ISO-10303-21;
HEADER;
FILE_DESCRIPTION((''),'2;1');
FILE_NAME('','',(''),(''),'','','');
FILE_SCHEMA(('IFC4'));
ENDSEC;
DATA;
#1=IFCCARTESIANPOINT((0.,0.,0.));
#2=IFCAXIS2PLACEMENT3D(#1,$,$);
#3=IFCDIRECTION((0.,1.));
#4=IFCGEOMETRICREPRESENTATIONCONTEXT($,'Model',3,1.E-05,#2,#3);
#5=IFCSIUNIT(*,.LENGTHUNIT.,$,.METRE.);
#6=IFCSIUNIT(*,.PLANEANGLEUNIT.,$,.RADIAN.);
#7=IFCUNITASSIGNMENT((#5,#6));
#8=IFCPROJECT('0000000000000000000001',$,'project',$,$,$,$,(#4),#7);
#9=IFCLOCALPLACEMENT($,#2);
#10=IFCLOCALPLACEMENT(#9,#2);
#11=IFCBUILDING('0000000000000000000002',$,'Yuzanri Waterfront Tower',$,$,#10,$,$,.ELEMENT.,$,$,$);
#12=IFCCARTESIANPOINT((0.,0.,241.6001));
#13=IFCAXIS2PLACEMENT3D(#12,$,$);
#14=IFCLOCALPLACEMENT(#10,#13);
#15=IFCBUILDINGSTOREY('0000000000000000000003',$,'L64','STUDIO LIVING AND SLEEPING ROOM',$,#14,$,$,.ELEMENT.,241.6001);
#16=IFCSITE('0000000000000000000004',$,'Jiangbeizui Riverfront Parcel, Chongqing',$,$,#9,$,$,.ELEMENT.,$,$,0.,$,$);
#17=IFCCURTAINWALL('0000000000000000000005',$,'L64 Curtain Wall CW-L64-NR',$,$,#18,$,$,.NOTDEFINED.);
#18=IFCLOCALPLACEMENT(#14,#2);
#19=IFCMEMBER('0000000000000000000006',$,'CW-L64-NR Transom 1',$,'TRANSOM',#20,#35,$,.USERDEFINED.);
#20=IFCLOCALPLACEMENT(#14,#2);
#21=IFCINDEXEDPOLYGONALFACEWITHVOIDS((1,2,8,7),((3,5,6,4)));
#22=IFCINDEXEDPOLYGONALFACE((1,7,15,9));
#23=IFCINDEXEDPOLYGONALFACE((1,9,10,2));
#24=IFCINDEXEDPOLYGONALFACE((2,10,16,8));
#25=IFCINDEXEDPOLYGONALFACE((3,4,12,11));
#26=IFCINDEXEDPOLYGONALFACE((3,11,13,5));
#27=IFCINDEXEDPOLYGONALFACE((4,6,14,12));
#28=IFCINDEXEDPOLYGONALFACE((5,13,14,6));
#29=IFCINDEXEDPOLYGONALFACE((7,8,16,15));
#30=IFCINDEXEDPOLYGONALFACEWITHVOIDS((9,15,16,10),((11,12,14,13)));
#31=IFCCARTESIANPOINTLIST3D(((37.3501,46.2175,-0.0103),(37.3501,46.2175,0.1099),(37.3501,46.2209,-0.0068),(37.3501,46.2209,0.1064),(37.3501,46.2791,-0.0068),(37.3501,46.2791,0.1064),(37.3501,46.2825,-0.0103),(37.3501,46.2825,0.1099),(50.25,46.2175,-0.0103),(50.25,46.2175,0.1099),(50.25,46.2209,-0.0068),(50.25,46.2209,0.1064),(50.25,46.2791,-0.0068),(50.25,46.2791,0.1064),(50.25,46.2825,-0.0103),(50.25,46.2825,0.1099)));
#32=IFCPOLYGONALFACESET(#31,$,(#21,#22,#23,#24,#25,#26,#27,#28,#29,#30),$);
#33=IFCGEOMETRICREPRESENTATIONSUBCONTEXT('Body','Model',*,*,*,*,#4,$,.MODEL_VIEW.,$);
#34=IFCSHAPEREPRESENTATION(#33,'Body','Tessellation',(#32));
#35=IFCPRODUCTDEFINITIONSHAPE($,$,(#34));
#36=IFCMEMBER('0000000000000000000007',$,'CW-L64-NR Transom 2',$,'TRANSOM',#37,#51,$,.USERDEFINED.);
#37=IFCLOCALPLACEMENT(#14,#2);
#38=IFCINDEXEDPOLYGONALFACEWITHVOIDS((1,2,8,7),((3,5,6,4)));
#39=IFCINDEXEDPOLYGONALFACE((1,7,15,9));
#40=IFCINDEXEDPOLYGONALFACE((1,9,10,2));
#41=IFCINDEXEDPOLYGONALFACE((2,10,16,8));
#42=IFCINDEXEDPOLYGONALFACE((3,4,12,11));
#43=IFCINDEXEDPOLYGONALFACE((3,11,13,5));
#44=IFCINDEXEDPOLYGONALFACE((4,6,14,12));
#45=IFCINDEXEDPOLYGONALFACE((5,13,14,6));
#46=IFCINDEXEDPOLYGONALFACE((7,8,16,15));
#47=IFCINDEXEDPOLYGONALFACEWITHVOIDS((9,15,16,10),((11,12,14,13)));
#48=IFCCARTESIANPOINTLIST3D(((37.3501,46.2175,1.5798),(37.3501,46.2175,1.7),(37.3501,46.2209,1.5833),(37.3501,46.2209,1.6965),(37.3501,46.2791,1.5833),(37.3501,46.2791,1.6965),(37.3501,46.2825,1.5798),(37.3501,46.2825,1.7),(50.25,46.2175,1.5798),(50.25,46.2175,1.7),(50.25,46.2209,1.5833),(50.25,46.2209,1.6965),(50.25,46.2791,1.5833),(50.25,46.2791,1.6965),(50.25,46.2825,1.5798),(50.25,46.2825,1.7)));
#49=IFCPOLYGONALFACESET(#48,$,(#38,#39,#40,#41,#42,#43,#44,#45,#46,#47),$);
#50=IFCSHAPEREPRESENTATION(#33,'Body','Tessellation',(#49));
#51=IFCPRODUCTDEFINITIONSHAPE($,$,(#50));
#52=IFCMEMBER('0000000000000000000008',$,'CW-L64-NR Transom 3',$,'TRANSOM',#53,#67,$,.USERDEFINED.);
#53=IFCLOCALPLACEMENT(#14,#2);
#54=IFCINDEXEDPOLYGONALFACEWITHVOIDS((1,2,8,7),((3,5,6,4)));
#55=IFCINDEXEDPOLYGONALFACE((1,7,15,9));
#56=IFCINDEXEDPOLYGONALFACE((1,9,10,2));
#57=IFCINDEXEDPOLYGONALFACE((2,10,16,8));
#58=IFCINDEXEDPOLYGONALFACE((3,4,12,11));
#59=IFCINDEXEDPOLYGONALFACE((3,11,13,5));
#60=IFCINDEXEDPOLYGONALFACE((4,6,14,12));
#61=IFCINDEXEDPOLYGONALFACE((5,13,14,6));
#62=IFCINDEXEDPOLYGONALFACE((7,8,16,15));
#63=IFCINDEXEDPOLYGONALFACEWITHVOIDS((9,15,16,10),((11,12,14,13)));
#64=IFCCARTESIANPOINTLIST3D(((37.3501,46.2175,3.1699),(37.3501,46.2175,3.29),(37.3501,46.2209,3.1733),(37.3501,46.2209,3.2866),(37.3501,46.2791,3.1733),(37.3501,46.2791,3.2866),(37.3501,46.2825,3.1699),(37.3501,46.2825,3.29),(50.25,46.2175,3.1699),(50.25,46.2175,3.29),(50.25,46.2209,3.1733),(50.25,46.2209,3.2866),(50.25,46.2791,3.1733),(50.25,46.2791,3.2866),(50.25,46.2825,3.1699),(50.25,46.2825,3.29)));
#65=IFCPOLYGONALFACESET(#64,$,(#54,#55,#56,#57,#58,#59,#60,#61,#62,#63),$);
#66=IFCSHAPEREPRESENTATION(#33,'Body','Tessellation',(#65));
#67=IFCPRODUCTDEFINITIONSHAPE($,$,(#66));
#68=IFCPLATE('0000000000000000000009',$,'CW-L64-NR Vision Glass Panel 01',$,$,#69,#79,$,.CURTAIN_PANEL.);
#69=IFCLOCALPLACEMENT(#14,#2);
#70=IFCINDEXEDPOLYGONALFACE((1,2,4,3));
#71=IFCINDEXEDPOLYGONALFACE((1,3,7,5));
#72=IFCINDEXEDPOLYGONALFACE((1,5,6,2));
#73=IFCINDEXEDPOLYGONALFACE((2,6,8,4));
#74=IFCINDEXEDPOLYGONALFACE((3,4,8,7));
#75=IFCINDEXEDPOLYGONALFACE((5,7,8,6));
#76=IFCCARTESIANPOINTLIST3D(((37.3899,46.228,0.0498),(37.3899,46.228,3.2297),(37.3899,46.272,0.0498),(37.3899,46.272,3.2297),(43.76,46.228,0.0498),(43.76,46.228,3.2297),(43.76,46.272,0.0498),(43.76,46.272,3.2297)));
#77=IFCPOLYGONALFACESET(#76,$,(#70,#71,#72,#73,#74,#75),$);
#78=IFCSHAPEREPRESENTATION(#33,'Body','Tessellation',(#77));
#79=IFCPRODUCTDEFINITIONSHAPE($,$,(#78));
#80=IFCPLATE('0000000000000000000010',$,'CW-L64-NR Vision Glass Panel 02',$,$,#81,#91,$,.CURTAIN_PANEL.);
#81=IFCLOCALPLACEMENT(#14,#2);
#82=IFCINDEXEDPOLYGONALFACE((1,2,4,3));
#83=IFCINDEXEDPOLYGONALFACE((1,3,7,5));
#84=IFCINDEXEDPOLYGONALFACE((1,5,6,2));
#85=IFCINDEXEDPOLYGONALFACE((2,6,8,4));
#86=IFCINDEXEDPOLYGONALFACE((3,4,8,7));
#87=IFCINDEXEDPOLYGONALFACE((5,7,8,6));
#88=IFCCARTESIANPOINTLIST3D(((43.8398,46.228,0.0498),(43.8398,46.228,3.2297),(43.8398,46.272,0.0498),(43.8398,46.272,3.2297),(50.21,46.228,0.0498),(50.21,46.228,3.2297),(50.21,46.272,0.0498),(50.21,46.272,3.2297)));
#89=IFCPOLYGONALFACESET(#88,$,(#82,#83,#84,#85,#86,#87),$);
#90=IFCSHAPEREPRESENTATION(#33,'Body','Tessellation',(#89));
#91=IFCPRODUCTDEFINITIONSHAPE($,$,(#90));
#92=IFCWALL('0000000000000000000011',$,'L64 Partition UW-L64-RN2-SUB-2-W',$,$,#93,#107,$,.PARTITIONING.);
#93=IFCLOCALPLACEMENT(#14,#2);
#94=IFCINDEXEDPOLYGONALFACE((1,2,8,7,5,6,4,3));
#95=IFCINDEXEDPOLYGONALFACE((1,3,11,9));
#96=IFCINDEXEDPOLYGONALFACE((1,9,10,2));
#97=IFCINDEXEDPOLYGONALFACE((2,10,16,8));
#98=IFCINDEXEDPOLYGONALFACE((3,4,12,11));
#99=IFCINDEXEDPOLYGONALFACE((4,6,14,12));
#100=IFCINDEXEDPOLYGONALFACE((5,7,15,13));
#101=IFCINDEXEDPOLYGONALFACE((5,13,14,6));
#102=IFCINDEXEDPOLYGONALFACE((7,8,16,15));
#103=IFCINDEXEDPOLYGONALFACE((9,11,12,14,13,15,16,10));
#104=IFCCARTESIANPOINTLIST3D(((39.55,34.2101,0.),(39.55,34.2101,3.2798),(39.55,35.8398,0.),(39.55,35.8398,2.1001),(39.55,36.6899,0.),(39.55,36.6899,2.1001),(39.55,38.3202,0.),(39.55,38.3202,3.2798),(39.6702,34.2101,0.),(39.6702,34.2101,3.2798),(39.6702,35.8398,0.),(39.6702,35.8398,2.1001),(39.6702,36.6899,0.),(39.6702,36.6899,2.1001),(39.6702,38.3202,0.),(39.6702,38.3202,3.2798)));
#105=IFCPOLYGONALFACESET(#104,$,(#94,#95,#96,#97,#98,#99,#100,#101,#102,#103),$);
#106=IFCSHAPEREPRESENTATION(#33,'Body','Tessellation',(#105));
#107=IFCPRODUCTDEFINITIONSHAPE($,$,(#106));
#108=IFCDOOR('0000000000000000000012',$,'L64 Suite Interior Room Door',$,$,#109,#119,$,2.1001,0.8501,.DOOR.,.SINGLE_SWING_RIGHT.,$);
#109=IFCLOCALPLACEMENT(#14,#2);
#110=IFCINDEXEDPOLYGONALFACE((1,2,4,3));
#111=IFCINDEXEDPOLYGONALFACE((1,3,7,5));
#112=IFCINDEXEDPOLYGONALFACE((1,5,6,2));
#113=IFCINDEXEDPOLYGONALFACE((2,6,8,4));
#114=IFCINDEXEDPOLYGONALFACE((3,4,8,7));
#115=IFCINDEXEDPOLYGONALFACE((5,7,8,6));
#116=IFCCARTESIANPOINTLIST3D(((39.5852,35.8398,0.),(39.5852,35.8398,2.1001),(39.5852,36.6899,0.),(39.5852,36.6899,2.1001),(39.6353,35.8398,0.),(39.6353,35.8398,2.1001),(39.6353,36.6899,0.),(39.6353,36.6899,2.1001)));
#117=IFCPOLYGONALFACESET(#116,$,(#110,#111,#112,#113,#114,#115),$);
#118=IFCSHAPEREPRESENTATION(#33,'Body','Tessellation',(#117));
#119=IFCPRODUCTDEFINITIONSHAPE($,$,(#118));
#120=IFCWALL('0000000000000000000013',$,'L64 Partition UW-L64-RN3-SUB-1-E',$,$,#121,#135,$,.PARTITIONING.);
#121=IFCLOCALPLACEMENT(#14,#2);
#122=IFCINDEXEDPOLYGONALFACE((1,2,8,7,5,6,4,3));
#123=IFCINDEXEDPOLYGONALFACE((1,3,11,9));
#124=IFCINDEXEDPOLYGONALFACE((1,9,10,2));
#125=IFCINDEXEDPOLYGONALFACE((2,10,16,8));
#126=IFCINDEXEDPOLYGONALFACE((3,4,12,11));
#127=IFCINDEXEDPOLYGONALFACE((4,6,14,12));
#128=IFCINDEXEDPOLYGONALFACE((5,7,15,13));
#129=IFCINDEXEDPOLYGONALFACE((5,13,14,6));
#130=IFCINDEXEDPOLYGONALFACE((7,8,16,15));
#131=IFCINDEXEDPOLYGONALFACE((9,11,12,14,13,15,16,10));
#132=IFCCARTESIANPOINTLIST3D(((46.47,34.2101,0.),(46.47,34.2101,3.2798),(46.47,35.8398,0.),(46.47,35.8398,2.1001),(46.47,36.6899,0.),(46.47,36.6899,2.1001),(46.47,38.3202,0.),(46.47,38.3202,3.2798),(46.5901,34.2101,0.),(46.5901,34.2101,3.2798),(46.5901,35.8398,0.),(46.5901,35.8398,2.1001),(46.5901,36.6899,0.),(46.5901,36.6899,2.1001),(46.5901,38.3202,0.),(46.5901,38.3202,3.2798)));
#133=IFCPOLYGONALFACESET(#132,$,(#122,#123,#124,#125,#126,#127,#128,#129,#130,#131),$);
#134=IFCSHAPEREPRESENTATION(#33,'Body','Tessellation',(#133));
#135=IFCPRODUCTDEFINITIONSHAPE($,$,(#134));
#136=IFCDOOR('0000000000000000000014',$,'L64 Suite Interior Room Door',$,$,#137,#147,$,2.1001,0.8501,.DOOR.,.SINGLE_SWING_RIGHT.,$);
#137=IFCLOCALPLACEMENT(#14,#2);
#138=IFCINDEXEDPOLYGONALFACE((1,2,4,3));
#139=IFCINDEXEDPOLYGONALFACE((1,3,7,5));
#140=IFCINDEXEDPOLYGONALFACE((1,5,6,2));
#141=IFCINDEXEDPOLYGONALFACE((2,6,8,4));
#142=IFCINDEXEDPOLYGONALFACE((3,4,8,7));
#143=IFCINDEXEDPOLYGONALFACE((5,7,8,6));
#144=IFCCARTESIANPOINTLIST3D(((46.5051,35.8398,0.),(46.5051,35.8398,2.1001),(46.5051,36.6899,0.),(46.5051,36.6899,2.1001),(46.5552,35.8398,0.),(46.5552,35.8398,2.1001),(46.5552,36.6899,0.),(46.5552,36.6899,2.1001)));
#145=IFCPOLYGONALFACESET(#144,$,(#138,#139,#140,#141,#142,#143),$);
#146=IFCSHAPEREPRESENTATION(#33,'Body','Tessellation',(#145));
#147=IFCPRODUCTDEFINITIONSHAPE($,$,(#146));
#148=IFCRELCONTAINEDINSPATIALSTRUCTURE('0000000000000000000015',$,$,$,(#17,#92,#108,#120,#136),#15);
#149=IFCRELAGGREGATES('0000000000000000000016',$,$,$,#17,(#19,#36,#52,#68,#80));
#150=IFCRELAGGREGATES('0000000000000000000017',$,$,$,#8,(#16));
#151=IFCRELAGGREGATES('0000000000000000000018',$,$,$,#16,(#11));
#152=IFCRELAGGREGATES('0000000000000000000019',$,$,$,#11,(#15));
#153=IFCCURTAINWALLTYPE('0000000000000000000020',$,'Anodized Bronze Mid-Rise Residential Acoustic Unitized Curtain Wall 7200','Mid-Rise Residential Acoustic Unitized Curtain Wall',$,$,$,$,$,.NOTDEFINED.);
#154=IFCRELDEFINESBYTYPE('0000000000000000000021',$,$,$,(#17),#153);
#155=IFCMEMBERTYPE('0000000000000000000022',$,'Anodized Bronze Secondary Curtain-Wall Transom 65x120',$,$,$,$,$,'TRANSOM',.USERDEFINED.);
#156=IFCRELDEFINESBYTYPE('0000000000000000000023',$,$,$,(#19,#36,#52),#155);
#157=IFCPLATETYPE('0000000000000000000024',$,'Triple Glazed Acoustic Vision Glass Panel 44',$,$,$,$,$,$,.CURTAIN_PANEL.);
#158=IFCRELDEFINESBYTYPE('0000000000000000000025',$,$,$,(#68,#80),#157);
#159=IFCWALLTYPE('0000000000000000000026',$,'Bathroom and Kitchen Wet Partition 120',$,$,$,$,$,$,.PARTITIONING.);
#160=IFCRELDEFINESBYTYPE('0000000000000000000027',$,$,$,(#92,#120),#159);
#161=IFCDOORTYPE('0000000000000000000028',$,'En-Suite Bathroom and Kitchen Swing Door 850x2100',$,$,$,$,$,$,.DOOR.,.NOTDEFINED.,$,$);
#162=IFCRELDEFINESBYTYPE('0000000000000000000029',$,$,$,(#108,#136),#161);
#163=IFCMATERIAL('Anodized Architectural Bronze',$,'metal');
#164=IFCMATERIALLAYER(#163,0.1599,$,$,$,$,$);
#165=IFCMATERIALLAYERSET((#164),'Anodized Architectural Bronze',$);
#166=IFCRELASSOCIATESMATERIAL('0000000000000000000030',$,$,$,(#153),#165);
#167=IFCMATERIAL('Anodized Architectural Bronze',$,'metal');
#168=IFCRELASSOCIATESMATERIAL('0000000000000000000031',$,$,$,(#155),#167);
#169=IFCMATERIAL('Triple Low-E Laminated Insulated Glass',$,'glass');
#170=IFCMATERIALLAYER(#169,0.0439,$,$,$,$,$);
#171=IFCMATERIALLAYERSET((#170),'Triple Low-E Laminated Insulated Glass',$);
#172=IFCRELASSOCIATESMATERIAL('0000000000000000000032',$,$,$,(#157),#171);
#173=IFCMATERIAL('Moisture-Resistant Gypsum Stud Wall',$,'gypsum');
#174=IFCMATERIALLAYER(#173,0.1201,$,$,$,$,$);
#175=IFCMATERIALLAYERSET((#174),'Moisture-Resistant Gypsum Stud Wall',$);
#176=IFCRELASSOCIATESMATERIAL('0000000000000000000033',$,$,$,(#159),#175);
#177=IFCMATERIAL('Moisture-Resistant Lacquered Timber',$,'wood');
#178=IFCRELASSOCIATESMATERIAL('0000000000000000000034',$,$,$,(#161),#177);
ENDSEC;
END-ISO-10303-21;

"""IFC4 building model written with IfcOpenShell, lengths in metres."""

from ifc_helpers import new_model, si_unit, direction, frame, frame_2d, origin, origin_2d, place, context, subcontext, project, spatial, rectangle, hollow_rectangle, extrude, source, transform, mapped, material, layer, layer_set, material_profile, profile_set, type_object, element, fill, aggregate, save


model = new_model("IFC4")

# Units and contexts
model_context = context("Model", 3, precision=1e-05, world=origin(), true_north=direction((0.0, 1.0)))
body_context = subcontext(model_context, "Body", "Model", "MODEL_VIEW")
ifc_project = project(units=[si_unit("LENGTHUNIT", "METRE"), si_unit("PLANEANGLEUNIT", "RADIAN")], contexts=[model_context])

# Site, building, storey
site_placement = place(None, origin())
site = spatial("IfcSite", under=ifc_project, at=site_placement, Name="Jiangbeizui Riverfront Parcel, Chongqing", CompositionType="ELEMENT", RefElevation=0.0)
building_placement = place(site_placement, origin())
building = spatial("IfcBuilding", under=site, at=building_placement, Name="Yuzanri Waterfront Tower", CompositionType="ELEMENT")
storey_placement = place(building_placement, frame((0.0, 0.0, 241.6001)))
storey = spatial("IfcBuildingStorey", under=building, at=storey_placement, Name="L64", Description="STUDIO LIVING AND SLEEPING ROOM", CompositionType="ELEMENT", Elevation=241.6001)

# Shared definitions
ifc_material_1 = material(Name="Anodized Architectural Bronze", Category="metal")
ifc_layer_1 = layer(ifc_material_1, 0.1599)
ifc_layer_set_1 = layer_set([ifc_layer_1], Name="Anodized Architectural Bronze")
curtain_wall_type = type_object("IfcCurtainWallType", Name="Anodized Bronze Mid-Rise Residential Acoustic Unitized Curtain Wall 7200", Description="Mid-Rise Residential Acoustic Unitized Curtain Wall", PredefinedType="NOTDEFINED", material=ifc_layer_set_1)

# Curtain wall, members, plates
curtain_wall_1_placement = place(storey_placement, origin())
curtain_wall_1 = element("IfcCurtainWall", 1, at=curtain_wall_1_placement, inside=storey, type_object=curtain_wall_type, Name="L64 Curtain Wall CW-L64-NR", PredefinedType="NOTDEFINED")
ifc_material_2 = material(Name="Anodized Architectural Bronze", Category="metal")
ifc_material_profile_1 = material_profile(ifc_material_2, hollow_rectangle(XDim=0.0649, YDim=0.1201, WallThickness=0.0034, at=origin_2d()), Name="CWT 65x120")
ifc_profile_set_1 = profile_set([ifc_material_profile_1], Name="Anodized Architectural Bronze")
member_type_1 = type_object("IfcMemberType", Name="Anodized Bronze Secondary Curtain-Wall Transom 65x120", ElementType="TRANSOM", PredefinedType="USERDEFINED", material=ifc_profile_set_1)
shared_shape_1 = source(origin(), body_context, "Body", "SweptSolid", [
    extrude(hollow_rectangle(XDim=0.0649, YDim=0.1201, WallThickness=0.0034, at=origin_2d()), origin(), (0.0, 0.0, 1.0), 12.8999),
])
member_1_placement = place(storey_placement, frame((37.3501, 46.25, 0.0498), z_axis=(1.0, 0.0, 0.0), x_axis=(0.0, 1.0, 0.0)))
member_1 = element("IfcMember", 2, at=member_1_placement, type_object=member_type_1, Name="CW-L64-NR Transom 1", ObjectType="TRANSOM", PredefinedType="USERDEFINED", context=body_context, shape_type="MappedRepresentation", body=[
    mapped(shared_shape_1, transform((0.0, 0.0, 0.0), scale=1.0)),
])
member_2_placement = place(storey_placement, frame((37.3501, 46.25, 1.6399), z_axis=(1.0, 0.0, 0.0), x_axis=(0.0, 1.0, 0.0)))
member_2 = element("IfcMember", 3, at=member_2_placement, type_object=member_type_1, Name="CW-L64-NR Transom 2", ObjectType="TRANSOM", PredefinedType="USERDEFINED", context=body_context, shape_type="MappedRepresentation", body=[
    mapped(shared_shape_1, transform((0.0, 0.0, 0.0), scale=1.0)),
])
member_3_placement = place(storey_placement, frame((37.3501, 46.25, 3.23), z_axis=(1.0, 0.0, 0.0), x_axis=(0.0, 1.0, 0.0)))
member_3 = element("IfcMember", 4, at=member_3_placement, type_object=member_type_1, Name="CW-L64-NR Transom 3", ObjectType="TRANSOM", PredefinedType="USERDEFINED", context=body_context, shape_type="MappedRepresentation", body=[
    mapped(shared_shape_1, transform((0.0, 0.0, 0.0), scale=1.0)),
])
ifc_material_3 = material(Name="Triple Low-E Laminated Insulated Glass", Category="glass")
ifc_layer_2 = layer(ifc_material_3, 0.0439)
ifc_layer_set_2 = layer_set([ifc_layer_2], Name="Triple Low-E Laminated Insulated Glass")
plate_type = type_object("IfcPlateType", Name="Triple Glazed Acoustic Vision Glass Panel 44", PredefinedType="CURTAIN_PANEL", material=ifc_layer_set_2)
shared_shape_2 = source(origin(), body_context, "Body", "SweptSolid", [
    extrude(rectangle(XDim=6.3701, YDim=0.0439, at=origin_2d()), origin(), (0.0, 0.0, 1.0), 3.1799),
])
plate_1_placement = place(storey_placement, frame((40.575, 46.25, 0.0498), z_axis=(0.0, 0.0, 1.0), x_axis=(1.0, 0.0, 0.0)))
plate_1 = element("IfcPlate", 5, at=plate_1_placement, type_object=plate_type, Name="CW-L64-NR Vision Glass Panel 01", PredefinedType="CURTAIN_PANEL", context=body_context, shape_type="MappedRepresentation", body=[
    mapped(shared_shape_2, transform((0.0, 0.0, 0.0), scale=1.0)),
])
plate_2_placement = place(storey_placement, frame((47.0249, 46.25, 0.0498), z_axis=(0.0, 0.0, 1.0), x_axis=(1.0, 0.0, 0.0)))
plate_2 = element("IfcPlate", 6, at=plate_2_placement, type_object=plate_type, Name="CW-L64-NR Vision Glass Panel 02", PredefinedType="CURTAIN_PANEL", context=body_context, shape_type="MappedRepresentation", body=[
    mapped(shared_shape_2, transform((0.0, 0.0, 0.0), scale=1.0)),
])
aggregate(curtain_wall_1, [member_1, member_2, member_3, plate_1, plate_2])

# Walls, openings, doors
ifc_material_4 = material(Name="Moisture-Resistant Gypsum Stud Wall", Category="gypsum")
ifc_layer_3 = layer(ifc_material_4, 0.1201)
ifc_layer_set_3 = layer_set([ifc_layer_3], Name="Moisture-Resistant Gypsum Stud Wall")
wall_type_1 = type_object("IfcWallType", Name="Bathroom and Kitchen Wet Partition 120", PredefinedType="PARTITIONING", material=ifc_layer_set_3)
wall_1_placement = place(storey_placement, frame((39.6101, 34.21, 0.0), z_axis=(0.0, 0.0, 1.0), x_axis=(0.0, 1.0, 0.0)))
wall_1 = element("IfcWall", 7, at=wall_1_placement, inside=storey, type_object=wall_type_1, Name="L64 Partition UW-L64-RN2-SUB-2-W", PredefinedType="PARTITIONING", context=body_context, shape_type="SweptSolid", body=[
    extrude(rectangle(XDim=4.1101, YDim=0.1201, at=frame_2d((2.0552, 0.0))), origin(), (0.0, 0.0, 1.0), 3.2798),
])
opening_1_placement = place(wall_1_placement, frame((1.6299, 0.0, 0.0)))
opening_1 = element("IfcOpeningElement", 8, at=opening_1_placement, cuts=wall_1, PredefinedType="OPENING", context=body_context, shape_type="SweptSolid", body=[
    extrude(rectangle(XDim=0.8501, YDim=2.1001, at=frame_2d((0.425, 1.05))), frame((0.0, 0.075, 0.0), z_axis=(0.0, -1.0, 0.0), x_axis=(1.0, 0.0, 0.0)), (0.0, 0.0, 1.0), 0.1499),
])
ifc_material_5 = material(Name="Moisture-Resistant Lacquered Timber", Category="wood")
door_type_1 = type_object("IfcDoorType", Name="En-Suite Bathroom and Kitchen Swing Door 850x2100", OperationType="NOTDEFINED", PredefinedType="DOOR", material=ifc_material_5)
shared_shape_3 = source(origin(), body_context, "Body", "SweptSolid", [
    extrude(rectangle(XDim=0.8501, YDim=2.1001, at=frame_2d((0.425, 1.05))), frame((0.0, 0.0249, 0.0), z_axis=(0.0, -1.0, 0.0), x_axis=(1.0, 0.0, 0.0)), (0.0, 0.0, 1.0), 0.05),
])
door_1_placement = place(opening_1_placement, origin())
door_1 = element("IfcDoor", 9, at=door_1_placement, inside=storey, type_object=door_type_1, Name="L64 Suite Interior Room Door", OperationType="SINGLE_SWING_RIGHT", OverallHeight=2.1001, OverallWidth=0.8501, PredefinedType="DOOR", context=body_context, shape_type="MappedRepresentation", body=[
    mapped(shared_shape_3, transform((0.0, 0.0, 0.0), scale=1.0)),
])
fill(opening_1, door_1)
wall_2_placement = place(storey_placement, frame((46.53, 34.21, 0.0), z_axis=(0.0, 0.0, 1.0), x_axis=(0.0, 1.0, 0.0)))
wall_2 = element("IfcWall", 10, at=wall_2_placement, inside=storey, type_object=wall_type_1, Name="L64 Partition UW-L64-RN3-SUB-1-E", PredefinedType="PARTITIONING", context=body_context, shape_type="SweptSolid", body=[
    extrude(rectangle(XDim=4.1101, YDim=0.1201, at=frame_2d((2.0552, 0.0))), origin(), (0.0, 0.0, 1.0), 3.2798),
])
opening_2_placement = place(wall_2_placement, frame((1.6299, 0.0, 0.0)))
opening_2 = element("IfcOpeningElement", 11, at=opening_2_placement, cuts=wall_2, PredefinedType="OPENING", context=body_context, shape_type="SweptSolid", body=[
    extrude(rectangle(XDim=0.8501, YDim=2.1001, at=frame_2d((0.425, 1.05))), frame((0.0, 0.075, 0.0), z_axis=(0.0, -1.0, 0.0), x_axis=(1.0, 0.0, 0.0)), (0.0, 0.0, 1.0), 0.1499),
])
door_2_placement = place(opening_2_placement, origin())
door_2 = element("IfcDoor", 12, at=door_2_placement, inside=storey, type_object=door_type_1, Name="L64 Suite Interior Room Door", OperationType="SINGLE_SWING_RIGHT", OverallHeight=2.1001, OverallWidth=0.8501, PredefinedType="DOOR", context=body_context, shape_type="MappedRepresentation", body=[
    mapped(shared_shape_3, transform((0.0, 0.0, 0.0), scale=1.0)),
])
fill(opening_2, door_2)

save(model, "model.ifc")
